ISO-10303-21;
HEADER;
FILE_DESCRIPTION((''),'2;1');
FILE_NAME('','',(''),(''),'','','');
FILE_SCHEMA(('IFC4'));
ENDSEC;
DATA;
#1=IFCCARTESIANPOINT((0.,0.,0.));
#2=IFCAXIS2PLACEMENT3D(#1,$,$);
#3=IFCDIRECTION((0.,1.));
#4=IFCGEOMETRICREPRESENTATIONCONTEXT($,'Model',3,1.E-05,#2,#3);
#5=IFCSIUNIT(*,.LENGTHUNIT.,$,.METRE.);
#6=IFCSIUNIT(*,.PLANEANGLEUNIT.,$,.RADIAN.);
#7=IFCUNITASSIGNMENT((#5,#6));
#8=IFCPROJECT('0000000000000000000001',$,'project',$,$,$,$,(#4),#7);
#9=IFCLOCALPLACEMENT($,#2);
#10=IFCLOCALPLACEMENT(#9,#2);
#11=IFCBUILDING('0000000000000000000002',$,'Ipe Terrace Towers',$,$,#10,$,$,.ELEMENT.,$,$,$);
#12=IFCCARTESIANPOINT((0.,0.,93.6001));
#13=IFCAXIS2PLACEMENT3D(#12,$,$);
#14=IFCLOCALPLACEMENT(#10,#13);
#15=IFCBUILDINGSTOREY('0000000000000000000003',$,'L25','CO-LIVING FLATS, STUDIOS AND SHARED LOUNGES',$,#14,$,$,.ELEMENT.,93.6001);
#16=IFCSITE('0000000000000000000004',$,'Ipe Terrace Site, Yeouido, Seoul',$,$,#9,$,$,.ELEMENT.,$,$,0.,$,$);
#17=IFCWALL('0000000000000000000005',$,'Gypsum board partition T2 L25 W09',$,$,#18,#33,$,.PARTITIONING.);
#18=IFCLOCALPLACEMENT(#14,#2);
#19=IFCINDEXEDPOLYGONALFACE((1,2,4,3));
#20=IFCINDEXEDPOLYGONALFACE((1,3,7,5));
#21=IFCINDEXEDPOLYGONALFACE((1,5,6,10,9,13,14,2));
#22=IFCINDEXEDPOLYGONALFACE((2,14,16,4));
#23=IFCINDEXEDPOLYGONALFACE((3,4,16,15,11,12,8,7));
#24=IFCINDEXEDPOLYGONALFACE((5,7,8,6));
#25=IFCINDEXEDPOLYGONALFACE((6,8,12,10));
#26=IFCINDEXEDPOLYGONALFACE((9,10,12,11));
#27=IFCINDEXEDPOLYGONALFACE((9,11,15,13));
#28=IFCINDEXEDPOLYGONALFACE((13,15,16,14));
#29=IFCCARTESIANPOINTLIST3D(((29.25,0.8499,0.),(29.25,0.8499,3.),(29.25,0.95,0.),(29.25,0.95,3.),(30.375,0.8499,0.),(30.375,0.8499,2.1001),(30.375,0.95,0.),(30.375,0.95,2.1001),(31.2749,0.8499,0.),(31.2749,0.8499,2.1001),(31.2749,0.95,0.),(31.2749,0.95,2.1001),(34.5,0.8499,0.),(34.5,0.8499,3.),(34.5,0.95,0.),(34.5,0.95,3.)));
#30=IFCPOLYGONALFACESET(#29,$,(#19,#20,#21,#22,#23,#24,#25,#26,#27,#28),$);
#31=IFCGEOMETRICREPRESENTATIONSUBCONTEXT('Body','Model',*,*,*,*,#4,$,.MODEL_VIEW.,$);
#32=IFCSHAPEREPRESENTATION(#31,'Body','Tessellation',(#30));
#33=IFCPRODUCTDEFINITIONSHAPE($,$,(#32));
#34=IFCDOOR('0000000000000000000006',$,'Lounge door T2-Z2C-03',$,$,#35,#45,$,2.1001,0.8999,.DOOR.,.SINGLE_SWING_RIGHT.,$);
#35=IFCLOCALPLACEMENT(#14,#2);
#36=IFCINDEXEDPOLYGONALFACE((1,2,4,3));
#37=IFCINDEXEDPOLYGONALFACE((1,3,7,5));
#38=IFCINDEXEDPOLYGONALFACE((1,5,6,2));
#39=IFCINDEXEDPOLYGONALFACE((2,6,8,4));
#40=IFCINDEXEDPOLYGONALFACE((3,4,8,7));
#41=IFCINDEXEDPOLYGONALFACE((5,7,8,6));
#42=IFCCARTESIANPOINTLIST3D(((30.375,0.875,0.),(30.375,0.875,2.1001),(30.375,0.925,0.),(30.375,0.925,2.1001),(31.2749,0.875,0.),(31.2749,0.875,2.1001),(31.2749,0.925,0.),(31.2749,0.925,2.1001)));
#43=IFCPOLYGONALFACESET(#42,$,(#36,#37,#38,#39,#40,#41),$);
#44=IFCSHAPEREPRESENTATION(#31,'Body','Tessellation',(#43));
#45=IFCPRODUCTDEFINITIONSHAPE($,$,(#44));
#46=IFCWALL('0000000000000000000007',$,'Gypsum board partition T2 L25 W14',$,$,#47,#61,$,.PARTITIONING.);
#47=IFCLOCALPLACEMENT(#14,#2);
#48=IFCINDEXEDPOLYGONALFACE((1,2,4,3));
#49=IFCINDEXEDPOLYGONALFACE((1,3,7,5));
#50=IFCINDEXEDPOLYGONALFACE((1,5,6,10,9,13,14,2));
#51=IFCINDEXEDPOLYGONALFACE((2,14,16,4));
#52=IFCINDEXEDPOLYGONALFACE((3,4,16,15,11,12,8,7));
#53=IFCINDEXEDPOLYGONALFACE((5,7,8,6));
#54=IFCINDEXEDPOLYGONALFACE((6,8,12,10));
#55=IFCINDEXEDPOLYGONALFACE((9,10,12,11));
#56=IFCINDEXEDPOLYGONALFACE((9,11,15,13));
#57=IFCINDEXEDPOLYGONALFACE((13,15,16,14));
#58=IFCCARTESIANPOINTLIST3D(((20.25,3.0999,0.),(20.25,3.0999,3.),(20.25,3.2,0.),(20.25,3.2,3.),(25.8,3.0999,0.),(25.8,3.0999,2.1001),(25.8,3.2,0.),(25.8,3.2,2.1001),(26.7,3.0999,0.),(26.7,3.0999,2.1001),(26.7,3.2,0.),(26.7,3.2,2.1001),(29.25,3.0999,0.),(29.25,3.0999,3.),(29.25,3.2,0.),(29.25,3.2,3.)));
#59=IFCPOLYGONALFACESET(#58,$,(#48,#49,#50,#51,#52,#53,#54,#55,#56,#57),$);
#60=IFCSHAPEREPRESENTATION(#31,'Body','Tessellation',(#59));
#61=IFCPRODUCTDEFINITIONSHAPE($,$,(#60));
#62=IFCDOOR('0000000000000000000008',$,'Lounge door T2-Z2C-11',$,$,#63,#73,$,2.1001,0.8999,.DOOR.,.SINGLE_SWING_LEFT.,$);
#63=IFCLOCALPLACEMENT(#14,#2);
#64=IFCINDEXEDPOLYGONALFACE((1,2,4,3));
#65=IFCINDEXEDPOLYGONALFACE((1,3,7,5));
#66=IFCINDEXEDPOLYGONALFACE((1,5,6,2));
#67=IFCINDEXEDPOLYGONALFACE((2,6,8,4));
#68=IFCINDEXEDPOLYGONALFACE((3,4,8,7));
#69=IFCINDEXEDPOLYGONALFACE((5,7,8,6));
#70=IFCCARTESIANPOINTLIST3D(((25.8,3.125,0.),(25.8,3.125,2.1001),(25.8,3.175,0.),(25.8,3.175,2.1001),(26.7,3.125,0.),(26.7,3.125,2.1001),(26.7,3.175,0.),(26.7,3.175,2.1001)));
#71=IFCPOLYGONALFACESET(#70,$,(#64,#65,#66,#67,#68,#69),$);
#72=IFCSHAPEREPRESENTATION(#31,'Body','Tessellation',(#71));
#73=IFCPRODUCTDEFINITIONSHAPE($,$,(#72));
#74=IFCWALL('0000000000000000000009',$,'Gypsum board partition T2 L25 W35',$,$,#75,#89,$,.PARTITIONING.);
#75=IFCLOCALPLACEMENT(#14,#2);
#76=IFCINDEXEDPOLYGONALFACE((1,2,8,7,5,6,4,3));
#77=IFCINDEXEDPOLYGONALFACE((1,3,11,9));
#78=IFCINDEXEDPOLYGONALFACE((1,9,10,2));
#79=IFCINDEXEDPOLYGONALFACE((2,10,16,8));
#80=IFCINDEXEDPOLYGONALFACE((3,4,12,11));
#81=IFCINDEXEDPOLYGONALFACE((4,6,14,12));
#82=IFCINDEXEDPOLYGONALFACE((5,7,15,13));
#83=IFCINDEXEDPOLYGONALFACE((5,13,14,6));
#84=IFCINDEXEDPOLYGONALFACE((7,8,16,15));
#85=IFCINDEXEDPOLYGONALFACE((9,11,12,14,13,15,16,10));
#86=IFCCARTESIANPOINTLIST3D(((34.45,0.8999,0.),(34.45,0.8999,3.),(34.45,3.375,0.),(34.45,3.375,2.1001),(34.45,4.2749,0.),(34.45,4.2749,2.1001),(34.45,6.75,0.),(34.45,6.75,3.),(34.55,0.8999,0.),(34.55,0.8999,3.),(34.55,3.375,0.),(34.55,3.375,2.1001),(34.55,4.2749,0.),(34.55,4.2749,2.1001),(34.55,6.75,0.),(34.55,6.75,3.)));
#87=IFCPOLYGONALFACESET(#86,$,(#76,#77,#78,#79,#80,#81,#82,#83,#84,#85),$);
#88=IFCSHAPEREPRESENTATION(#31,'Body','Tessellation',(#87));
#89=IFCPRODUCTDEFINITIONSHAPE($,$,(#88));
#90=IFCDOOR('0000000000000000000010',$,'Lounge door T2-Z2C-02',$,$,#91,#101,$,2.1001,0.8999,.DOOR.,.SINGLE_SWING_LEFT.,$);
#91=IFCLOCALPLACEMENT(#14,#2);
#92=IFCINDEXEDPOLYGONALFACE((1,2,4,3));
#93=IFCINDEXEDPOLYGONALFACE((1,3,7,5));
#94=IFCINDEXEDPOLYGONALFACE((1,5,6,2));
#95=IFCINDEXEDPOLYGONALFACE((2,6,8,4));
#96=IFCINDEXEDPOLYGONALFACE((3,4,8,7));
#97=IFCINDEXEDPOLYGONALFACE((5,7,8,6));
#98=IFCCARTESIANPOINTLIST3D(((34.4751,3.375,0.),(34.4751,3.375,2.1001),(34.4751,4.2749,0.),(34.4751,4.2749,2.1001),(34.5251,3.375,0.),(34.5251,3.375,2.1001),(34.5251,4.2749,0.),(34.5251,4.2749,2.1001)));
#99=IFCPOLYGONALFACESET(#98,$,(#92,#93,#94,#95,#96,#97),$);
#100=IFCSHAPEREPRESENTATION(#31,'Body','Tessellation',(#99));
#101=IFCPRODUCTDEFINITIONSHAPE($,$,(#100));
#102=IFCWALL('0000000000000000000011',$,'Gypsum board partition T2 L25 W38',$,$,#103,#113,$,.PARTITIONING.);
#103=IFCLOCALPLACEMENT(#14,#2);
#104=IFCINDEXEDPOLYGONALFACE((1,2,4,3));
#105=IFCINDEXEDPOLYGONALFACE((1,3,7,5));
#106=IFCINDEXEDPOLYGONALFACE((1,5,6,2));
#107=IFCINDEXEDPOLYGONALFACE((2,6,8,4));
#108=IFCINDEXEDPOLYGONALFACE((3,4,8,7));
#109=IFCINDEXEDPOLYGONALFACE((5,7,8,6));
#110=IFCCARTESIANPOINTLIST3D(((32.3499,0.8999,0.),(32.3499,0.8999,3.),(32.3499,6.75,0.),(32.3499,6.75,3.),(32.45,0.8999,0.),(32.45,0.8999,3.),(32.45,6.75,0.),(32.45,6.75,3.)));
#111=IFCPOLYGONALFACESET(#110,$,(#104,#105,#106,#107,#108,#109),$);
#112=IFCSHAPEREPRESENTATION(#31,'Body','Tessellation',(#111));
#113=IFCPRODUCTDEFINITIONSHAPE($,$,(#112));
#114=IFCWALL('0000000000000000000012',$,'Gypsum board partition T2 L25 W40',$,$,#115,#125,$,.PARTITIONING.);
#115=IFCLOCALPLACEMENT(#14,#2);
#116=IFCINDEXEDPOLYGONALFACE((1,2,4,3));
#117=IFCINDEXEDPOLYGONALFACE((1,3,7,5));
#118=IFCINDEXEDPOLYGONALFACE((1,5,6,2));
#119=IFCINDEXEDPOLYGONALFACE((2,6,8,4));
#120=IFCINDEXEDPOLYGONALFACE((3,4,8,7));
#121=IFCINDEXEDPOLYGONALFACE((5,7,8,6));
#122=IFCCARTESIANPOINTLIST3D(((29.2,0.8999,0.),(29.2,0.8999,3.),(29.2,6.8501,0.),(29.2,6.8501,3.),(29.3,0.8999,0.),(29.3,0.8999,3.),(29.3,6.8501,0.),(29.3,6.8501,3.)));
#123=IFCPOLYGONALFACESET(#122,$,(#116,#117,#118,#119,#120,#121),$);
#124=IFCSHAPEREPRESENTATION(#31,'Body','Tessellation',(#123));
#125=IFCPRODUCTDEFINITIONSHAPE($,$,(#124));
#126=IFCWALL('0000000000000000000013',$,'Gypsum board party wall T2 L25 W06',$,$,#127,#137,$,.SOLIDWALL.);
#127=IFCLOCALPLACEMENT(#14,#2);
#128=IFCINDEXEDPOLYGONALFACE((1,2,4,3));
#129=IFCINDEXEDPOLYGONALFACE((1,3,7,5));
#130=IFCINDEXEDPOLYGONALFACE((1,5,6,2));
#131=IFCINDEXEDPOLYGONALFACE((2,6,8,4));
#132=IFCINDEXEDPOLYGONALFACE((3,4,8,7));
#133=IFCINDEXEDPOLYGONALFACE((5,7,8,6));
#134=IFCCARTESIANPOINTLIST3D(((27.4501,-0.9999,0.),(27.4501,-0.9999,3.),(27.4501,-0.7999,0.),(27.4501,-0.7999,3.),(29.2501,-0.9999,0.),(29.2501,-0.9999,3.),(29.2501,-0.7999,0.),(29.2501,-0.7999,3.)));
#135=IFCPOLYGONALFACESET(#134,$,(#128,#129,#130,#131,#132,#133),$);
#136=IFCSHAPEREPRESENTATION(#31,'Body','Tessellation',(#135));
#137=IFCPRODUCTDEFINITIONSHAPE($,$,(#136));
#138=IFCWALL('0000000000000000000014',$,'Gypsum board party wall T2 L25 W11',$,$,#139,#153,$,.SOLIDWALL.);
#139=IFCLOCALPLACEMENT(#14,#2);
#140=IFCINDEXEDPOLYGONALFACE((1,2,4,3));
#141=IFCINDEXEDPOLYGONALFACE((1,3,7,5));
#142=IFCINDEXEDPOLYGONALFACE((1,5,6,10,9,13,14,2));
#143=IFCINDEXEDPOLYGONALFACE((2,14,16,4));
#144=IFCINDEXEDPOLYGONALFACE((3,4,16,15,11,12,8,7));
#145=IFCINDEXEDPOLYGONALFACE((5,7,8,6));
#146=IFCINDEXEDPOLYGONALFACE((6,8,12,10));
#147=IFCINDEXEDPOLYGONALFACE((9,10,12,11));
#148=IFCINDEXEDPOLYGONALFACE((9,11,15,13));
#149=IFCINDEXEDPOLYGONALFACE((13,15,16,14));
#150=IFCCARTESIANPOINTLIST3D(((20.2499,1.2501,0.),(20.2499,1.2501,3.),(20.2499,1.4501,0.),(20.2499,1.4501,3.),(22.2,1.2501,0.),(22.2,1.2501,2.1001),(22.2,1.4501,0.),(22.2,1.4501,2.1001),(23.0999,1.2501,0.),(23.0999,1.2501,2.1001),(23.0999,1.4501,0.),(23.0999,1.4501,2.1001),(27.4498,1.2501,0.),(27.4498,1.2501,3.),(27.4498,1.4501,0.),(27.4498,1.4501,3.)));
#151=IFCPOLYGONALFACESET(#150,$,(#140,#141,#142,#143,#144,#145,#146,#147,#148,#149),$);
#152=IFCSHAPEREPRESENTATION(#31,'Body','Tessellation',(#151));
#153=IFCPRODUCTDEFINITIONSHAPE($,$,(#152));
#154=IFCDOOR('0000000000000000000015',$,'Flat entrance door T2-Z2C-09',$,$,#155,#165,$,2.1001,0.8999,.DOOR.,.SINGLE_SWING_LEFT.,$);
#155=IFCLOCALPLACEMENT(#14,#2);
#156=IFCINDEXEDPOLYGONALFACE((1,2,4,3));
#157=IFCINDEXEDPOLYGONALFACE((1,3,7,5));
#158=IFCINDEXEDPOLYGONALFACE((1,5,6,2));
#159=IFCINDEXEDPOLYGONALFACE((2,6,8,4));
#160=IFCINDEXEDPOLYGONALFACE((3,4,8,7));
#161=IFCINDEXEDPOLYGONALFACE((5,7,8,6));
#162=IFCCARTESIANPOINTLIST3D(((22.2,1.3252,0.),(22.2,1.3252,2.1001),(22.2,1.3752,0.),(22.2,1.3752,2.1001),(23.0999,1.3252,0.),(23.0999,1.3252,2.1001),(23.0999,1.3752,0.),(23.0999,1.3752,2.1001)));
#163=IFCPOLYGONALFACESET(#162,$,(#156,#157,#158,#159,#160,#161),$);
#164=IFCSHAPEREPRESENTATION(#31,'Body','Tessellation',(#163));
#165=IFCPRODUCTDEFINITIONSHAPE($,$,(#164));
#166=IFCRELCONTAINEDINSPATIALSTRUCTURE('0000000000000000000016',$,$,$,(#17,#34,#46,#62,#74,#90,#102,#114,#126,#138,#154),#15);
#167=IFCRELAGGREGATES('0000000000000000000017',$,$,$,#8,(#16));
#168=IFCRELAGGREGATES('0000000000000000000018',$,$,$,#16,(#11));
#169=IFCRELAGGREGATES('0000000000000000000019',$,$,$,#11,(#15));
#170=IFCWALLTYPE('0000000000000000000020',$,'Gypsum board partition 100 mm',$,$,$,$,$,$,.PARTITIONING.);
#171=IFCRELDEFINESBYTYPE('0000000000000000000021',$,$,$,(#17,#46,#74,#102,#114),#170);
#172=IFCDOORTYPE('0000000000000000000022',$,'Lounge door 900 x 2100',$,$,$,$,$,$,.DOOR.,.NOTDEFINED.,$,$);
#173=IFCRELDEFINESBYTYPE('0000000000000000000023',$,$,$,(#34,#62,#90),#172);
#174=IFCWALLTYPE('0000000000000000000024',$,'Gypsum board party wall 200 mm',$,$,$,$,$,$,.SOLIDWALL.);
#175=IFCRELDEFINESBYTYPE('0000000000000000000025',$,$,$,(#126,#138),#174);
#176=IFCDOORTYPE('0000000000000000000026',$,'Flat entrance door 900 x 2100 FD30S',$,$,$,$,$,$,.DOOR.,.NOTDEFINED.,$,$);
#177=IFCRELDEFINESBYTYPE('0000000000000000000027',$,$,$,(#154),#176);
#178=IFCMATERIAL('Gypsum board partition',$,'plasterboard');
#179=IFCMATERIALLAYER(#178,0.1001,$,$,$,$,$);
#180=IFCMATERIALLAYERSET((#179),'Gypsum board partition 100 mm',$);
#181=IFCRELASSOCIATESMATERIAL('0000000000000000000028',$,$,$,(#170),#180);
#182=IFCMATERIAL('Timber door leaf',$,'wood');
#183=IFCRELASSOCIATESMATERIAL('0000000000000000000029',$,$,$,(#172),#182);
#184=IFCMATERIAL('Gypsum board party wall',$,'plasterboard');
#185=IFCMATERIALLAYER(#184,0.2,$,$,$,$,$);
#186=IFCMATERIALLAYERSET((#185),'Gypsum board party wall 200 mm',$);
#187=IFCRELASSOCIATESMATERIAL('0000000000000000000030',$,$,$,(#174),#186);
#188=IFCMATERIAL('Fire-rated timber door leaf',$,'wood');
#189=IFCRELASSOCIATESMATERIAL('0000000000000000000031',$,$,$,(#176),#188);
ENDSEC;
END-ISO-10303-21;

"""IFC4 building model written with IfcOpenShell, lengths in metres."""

from ifc_helpers import new_model, si_unit, direction, frame, frame_2d, origin, place, context, subcontext, project, spatial, rectangle, extrude, material, layer, layer_set, type_object, element, fill, save


model = new_model("IFC4")

# Units and contexts
model_context = context("Model", 3, precision=1e-05, world=origin(), true_north=direction((0.0, 1.0)))
body_context = subcontext(model_context, "Body", "Model", "MODEL_VIEW")
ifc_project = project(units=[si_unit("LENGTHUNIT", "METRE"), si_unit("PLANEANGLEUNIT", "RADIAN")], contexts=[model_context])

# Site, building, storey
site_placement = place(None, origin())
site = spatial("IfcSite", under=ifc_project, at=site_placement, Name="Ipe Terrace Site, Yeouido, Seoul", CompositionType="ELEMENT", RefElevation=0.0)
building_placement = place(site_placement, origin())
building = spatial("IfcBuilding", under=site, at=building_placement, Name="Ipe Terrace Towers", CompositionType="ELEMENT")
storey_placement = place(building_placement, frame((0.0, 0.0, 93.6001)))
storey = spatial("IfcBuildingStorey", under=building, at=storey_placement, Name="L25", Description="CO-LIVING FLATS, STUDIOS AND SHARED LOUNGES", CompositionType="ELEMENT", Elevation=93.6001)

# Walls, openings, doors
ifc_material_1 = material(Name="Gypsum board partition", Category="plasterboard")
ifc_layer_1 = layer(ifc_material_1, 0.1001)
ifc_layer_set_1 = layer_set([ifc_layer_1], Name="Gypsum board partition 100 mm")
wall_type_1 = type_object("IfcWallType", Name="Gypsum board partition 100 mm", PredefinedType="PARTITIONING", material=ifc_layer_set_1)
ifc_material_2 = material(Name="Timber door leaf", Category="wood")
door_type_1 = type_object("IfcDoorType", Name="Lounge door 900 x 2100", OperationType="NOTDEFINED", PredefinedType="DOOR", material=ifc_material_2)
wall_1_placement = place(storey_placement, frame((34.5, 0.8999, 0.0), z_axis=(0.0, 0.0, 1.0), x_axis=(-1.0, 0.0, 0.0)))
wall_1 = element("IfcWall", 1, at=wall_1_placement, inside=storey, type_object=wall_type_1, Name="Gypsum board partition T2 L25 W09", PredefinedType="PARTITIONING", context=body_context, shape_type="SweptSolid", body=[
    extrude(rectangle(XDim=5.25, YDim=0.1001, at=frame_2d((2.625, 0.0))), origin(), (0.0, 0.0, 1.0), 3.0),
])
opening_1_placement = place(wall_1_placement, frame((3.2251, 0.0, 0.0)))
opening_1 = element("IfcOpeningElement", 2, at=opening_1_placement, cuts=wall_1, PredefinedType="OPENING", context=body_context, shape_type="SweptSolid", body=[
    extrude(rectangle(XDim=0.8999, YDim=2.1001, at=frame_2d((0.45, 1.05))), frame((0.0, 0.0601, 0.0), z_axis=(0.0, -1.0, 0.0), x_axis=(1.0, 0.0, 0.0)), (0.0, 0.0, 1.0), 0.1201),
])
door_1_placement = place(opening_1_placement, origin())
door_1 = element("IfcDoor", 3, at=door_1_placement, inside=storey, type_object=door_type_1, Name="Lounge door T2-Z2C-03", OperationType="SINGLE_SWING_RIGHT", OverallHeight=2.1001, OverallWidth=0.8999, PredefinedType="DOOR", context=body_context, shape_type="SweptSolid", body=[
    extrude(rectangle(XDim=0.8999, YDim=2.1001, at=frame_2d((0.45, 1.05))), frame((0.0, 0.0249, 0.0), z_axis=(0.0, -1.0, 0.0), x_axis=(1.0, 0.0, 0.0)), (0.0, 0.0, 1.0), 0.05),
])
fill(opening_1, door_1)
wall_2_placement = place(storey_placement, frame((29.25, 3.1499, 0.0), z_axis=(0.0, 0.0, 1.0), x_axis=(-1.0, 0.0, 0.0)))
wall_2 = element("IfcWall", 4, at=wall_2_placement, inside=storey, type_object=wall_type_1, Name="Gypsum board partition T2 L25 W14", PredefinedType="PARTITIONING", context=body_context, shape_type="SweptSolid", body=[
    extrude(rectangle(XDim=9.0, YDim=0.1001, at=frame_2d((4.5, 0.0))), origin(), (0.0, 0.0, 1.0), 3.0),
])
opening_2_placement = place(wall_2_placement, frame((2.55, 0.0, 0.0)))
opening_2 = element("IfcOpeningElement", 5, at=opening_2_placement, cuts=wall_2, PredefinedType="OPENING", context=body_context, shape_type="SweptSolid", body=[
    extrude(rectangle(XDim=0.8999, YDim=2.1001, at=frame_2d((0.45, 1.05))), frame((0.0, 0.0601, 0.0), z_axis=(0.0, -1.0, 0.0), x_axis=(1.0, 0.0, 0.0)), (0.0, 0.0, 1.0), 0.1201),
])
door_2_placement = place(opening_2_placement, origin())
door_2 = element("IfcDoor", 6, at=door_2_placement, inside=storey, type_object=door_type_1, Name="Lounge door T2-Z2C-11", OperationType="SINGLE_SWING_LEFT", OverallHeight=2.1001, OverallWidth=0.8999, PredefinedType="DOOR", context=body_context, shape_type="SweptSolid", body=[
    extrude(rectangle(XDim=0.8999, YDim=2.1001, at=frame_2d((0.45, 1.05))), frame((0.0, 0.0249, 0.0), z_axis=(0.0, -1.0, 0.0), x_axis=(1.0, 0.0, 0.0)), (0.0, 0.0, 1.0), 0.05),
])
fill(opening_2, door_2)
wall_3_placement = place(storey_placement, frame((34.5, 0.8999, 0.0), z_axis=(0.0, 0.0, 1.0), x_axis=(0.0, 1.0, 0.0)))
wall_3 = element("IfcWall", 7, at=wall_3_placement, inside=storey, type_object=wall_type_1, Name="Gypsum board partition T2 L25 W35", PredefinedType="PARTITIONING", context=body_context, shape_type="SweptSolid", body=[
    extrude(rectangle(XDim=5.8501, YDim=0.1001, at=frame_2d((2.925, 0.0))), origin(), (0.0, 0.0, 1.0), 3.0),
])
opening_3_placement = place(wall_3_placement, frame((2.4751, 0.0, 0.0)))
opening_3 = element("IfcOpeningElement", 8, at=opening_3_placement, cuts=wall_3, PredefinedType="OPENING", context=body_context, shape_type="SweptSolid", body=[
    extrude(rectangle(XDim=0.8999, YDim=2.1001, at=frame_2d((0.45, 1.05))), frame((0.0, 0.0601, 0.0), z_axis=(0.0, -1.0, 0.0), x_axis=(1.0, 0.0, 0.0)), (0.0, 0.0, 1.0), 0.1201),
])
door_3_placement = place(opening_3_placement, origin())
door_3 = element("IfcDoor", 9, at=door_3_placement, inside=storey, type_object=door_type_1, Name="Lounge door T2-Z2C-02", OperationType="SINGLE_SWING_LEFT", OverallHeight=2.1001, OverallWidth=0.8999, PredefinedType="DOOR", context=body_context, shape_type="SweptSolid", body=[
    extrude(rectangle(XDim=0.8999, YDim=2.1001, at=frame_2d((0.45, 1.05))), frame((0.0, 0.0249, 0.0), z_axis=(0.0, -1.0, 0.0), x_axis=(1.0, 0.0, 0.0)), (0.0, 0.0, 1.0), 0.05),
])
fill(opening_3, door_3)

# Walls
wall_4_placement = place(storey_placement, frame((32.3999, 0.8999, 0.0), z_axis=(0.0, 0.0, 1.0), x_axis=(0.0, 1.0, 0.0)))
element("IfcWall", 10, at=wall_4_placement, inside=storey, type_object=wall_type_1, Name="Gypsum board partition T2 L25 W38", PredefinedType="PARTITIONING", context=body_context, shape_type="SweptSolid", body=[
    extrude(rectangle(XDim=5.8501, YDim=0.1001, at=frame_2d((2.925, 0.0))), origin(), (0.0, 0.0, 1.0), 3.0),
])
wall_5_placement = place(storey_placement, frame((29.25, 0.8999, 0.0), z_axis=(0.0, 0.0, 1.0), x_axis=(0.0, 1.0, 0.0)))
element("IfcWall", 11, at=wall_5_placement, inside=storey, type_object=wall_type_1, Name="Gypsum board partition T2 L25 W40", PredefinedType="PARTITIONING", context=body_context, shape_type="SweptSolid", body=[
    extrude(rectangle(XDim=5.9502, YDim=0.1001, at=frame_2d((2.9751, 0.0))), origin(), (0.0, 0.0, 1.0), 3.0),
])
ifc_material_3 = material(Name="Gypsum board party wall", Category="plasterboard")
ifc_layer_2 = layer(ifc_material_3, 0.2)
ifc_layer_set_2 = layer_set([ifc_layer_2], Name="Gypsum board party wall 200 mm")
wall_type_2 = type_object("IfcWallType", Name="Gypsum board party wall 200 mm", PredefinedType="SOLIDWALL", material=ifc_layer_set_2)
wall_6_placement = place(storey_placement, frame((29.25, -0.8999, 0.0), z_axis=(0.0, 0.0, 1.0), x_axis=(-1.0, 0.0, 0.0)))
element("IfcWall", 12, at=wall_6_placement, inside=storey, type_object=wall_type_2, Name="Gypsum board party wall T2 L25 W06", PredefinedType="SOLIDWALL", context=body_context, shape_type="SweptSolid", body=[
    extrude(rectangle(XDim=1.8, YDim=0.2, at=frame_2d((0.8999, 0.0))), origin(), (0.0, 0.0, 1.0), 3.0),
])

# Wall, opening, door
wall_7_placement = place(storey_placement, frame((27.45, 1.3501, 0.0), z_axis=(0.0, 0.0, 1.0), x_axis=(-1.0, 0.0, 0.0)))
wall_7 = element("IfcWall", 13, at=wall_7_placement, inside=storey, type_object=wall_type_2, Name="Gypsum board party wall T2 L25 W11", PredefinedType="SOLIDWALL", context=body_context, shape_type="SweptSolid", body=[
    extrude(rectangle(XDim=7.2, YDim=0.2, at=frame_2d((3.6001, 0.0))), origin(), (0.0, 0.0, 1.0), 3.0),
])
opening_4_placement = place(wall_7_placement, frame((4.3501, 0.0, 0.0)))
opening_4 = element("IfcOpeningElement", 14, at=opening_4_placement, cuts=wall_7, PredefinedType="OPENING", context=body_context, shape_type="SweptSolid", body=[
    extrude(rectangle(XDim=0.8999, YDim=2.1001, at=frame_2d((0.45, 1.05))), frame((0.0, 0.1099, 0.0), z_axis=(0.0, -1.0, 0.0), x_axis=(1.0, 0.0, 0.0)), (0.0, 0.0, 1.0), 0.22),
])
ifc_material_4 = material(Name="Fire-rated timber door leaf", Category="wood")
door_type_2 = type_object("IfcDoorType", Name="Flat entrance door 900 x 2100 FD30S", OperationType="NOTDEFINED", PredefinedType="DOOR", material=ifc_material_4)
door_4_placement = place(opening_4_placement, origin())
door_4 = element("IfcDoor", 15, at=door_4_placement, inside=storey, type_object=door_type_2, Name="Flat entrance door T2-Z2C-09", OperationType="SINGLE_SWING_LEFT", OverallHeight=2.1001, OverallWidth=0.8999, PredefinedType="DOOR", context=body_context, shape_type="SweptSolid", body=[
    extrude(rectangle(XDim=0.8999, YDim=2.1001, at=frame_2d((0.45, 1.05))), frame((0.0, 0.0249, 0.0), z_axis=(0.0, -1.0, 0.0), x_axis=(1.0, 0.0, 0.0)), (0.0, 0.0, 1.0), 0.05),
])
fill(opening_4, door_4)

save(model, "model.ifc")
